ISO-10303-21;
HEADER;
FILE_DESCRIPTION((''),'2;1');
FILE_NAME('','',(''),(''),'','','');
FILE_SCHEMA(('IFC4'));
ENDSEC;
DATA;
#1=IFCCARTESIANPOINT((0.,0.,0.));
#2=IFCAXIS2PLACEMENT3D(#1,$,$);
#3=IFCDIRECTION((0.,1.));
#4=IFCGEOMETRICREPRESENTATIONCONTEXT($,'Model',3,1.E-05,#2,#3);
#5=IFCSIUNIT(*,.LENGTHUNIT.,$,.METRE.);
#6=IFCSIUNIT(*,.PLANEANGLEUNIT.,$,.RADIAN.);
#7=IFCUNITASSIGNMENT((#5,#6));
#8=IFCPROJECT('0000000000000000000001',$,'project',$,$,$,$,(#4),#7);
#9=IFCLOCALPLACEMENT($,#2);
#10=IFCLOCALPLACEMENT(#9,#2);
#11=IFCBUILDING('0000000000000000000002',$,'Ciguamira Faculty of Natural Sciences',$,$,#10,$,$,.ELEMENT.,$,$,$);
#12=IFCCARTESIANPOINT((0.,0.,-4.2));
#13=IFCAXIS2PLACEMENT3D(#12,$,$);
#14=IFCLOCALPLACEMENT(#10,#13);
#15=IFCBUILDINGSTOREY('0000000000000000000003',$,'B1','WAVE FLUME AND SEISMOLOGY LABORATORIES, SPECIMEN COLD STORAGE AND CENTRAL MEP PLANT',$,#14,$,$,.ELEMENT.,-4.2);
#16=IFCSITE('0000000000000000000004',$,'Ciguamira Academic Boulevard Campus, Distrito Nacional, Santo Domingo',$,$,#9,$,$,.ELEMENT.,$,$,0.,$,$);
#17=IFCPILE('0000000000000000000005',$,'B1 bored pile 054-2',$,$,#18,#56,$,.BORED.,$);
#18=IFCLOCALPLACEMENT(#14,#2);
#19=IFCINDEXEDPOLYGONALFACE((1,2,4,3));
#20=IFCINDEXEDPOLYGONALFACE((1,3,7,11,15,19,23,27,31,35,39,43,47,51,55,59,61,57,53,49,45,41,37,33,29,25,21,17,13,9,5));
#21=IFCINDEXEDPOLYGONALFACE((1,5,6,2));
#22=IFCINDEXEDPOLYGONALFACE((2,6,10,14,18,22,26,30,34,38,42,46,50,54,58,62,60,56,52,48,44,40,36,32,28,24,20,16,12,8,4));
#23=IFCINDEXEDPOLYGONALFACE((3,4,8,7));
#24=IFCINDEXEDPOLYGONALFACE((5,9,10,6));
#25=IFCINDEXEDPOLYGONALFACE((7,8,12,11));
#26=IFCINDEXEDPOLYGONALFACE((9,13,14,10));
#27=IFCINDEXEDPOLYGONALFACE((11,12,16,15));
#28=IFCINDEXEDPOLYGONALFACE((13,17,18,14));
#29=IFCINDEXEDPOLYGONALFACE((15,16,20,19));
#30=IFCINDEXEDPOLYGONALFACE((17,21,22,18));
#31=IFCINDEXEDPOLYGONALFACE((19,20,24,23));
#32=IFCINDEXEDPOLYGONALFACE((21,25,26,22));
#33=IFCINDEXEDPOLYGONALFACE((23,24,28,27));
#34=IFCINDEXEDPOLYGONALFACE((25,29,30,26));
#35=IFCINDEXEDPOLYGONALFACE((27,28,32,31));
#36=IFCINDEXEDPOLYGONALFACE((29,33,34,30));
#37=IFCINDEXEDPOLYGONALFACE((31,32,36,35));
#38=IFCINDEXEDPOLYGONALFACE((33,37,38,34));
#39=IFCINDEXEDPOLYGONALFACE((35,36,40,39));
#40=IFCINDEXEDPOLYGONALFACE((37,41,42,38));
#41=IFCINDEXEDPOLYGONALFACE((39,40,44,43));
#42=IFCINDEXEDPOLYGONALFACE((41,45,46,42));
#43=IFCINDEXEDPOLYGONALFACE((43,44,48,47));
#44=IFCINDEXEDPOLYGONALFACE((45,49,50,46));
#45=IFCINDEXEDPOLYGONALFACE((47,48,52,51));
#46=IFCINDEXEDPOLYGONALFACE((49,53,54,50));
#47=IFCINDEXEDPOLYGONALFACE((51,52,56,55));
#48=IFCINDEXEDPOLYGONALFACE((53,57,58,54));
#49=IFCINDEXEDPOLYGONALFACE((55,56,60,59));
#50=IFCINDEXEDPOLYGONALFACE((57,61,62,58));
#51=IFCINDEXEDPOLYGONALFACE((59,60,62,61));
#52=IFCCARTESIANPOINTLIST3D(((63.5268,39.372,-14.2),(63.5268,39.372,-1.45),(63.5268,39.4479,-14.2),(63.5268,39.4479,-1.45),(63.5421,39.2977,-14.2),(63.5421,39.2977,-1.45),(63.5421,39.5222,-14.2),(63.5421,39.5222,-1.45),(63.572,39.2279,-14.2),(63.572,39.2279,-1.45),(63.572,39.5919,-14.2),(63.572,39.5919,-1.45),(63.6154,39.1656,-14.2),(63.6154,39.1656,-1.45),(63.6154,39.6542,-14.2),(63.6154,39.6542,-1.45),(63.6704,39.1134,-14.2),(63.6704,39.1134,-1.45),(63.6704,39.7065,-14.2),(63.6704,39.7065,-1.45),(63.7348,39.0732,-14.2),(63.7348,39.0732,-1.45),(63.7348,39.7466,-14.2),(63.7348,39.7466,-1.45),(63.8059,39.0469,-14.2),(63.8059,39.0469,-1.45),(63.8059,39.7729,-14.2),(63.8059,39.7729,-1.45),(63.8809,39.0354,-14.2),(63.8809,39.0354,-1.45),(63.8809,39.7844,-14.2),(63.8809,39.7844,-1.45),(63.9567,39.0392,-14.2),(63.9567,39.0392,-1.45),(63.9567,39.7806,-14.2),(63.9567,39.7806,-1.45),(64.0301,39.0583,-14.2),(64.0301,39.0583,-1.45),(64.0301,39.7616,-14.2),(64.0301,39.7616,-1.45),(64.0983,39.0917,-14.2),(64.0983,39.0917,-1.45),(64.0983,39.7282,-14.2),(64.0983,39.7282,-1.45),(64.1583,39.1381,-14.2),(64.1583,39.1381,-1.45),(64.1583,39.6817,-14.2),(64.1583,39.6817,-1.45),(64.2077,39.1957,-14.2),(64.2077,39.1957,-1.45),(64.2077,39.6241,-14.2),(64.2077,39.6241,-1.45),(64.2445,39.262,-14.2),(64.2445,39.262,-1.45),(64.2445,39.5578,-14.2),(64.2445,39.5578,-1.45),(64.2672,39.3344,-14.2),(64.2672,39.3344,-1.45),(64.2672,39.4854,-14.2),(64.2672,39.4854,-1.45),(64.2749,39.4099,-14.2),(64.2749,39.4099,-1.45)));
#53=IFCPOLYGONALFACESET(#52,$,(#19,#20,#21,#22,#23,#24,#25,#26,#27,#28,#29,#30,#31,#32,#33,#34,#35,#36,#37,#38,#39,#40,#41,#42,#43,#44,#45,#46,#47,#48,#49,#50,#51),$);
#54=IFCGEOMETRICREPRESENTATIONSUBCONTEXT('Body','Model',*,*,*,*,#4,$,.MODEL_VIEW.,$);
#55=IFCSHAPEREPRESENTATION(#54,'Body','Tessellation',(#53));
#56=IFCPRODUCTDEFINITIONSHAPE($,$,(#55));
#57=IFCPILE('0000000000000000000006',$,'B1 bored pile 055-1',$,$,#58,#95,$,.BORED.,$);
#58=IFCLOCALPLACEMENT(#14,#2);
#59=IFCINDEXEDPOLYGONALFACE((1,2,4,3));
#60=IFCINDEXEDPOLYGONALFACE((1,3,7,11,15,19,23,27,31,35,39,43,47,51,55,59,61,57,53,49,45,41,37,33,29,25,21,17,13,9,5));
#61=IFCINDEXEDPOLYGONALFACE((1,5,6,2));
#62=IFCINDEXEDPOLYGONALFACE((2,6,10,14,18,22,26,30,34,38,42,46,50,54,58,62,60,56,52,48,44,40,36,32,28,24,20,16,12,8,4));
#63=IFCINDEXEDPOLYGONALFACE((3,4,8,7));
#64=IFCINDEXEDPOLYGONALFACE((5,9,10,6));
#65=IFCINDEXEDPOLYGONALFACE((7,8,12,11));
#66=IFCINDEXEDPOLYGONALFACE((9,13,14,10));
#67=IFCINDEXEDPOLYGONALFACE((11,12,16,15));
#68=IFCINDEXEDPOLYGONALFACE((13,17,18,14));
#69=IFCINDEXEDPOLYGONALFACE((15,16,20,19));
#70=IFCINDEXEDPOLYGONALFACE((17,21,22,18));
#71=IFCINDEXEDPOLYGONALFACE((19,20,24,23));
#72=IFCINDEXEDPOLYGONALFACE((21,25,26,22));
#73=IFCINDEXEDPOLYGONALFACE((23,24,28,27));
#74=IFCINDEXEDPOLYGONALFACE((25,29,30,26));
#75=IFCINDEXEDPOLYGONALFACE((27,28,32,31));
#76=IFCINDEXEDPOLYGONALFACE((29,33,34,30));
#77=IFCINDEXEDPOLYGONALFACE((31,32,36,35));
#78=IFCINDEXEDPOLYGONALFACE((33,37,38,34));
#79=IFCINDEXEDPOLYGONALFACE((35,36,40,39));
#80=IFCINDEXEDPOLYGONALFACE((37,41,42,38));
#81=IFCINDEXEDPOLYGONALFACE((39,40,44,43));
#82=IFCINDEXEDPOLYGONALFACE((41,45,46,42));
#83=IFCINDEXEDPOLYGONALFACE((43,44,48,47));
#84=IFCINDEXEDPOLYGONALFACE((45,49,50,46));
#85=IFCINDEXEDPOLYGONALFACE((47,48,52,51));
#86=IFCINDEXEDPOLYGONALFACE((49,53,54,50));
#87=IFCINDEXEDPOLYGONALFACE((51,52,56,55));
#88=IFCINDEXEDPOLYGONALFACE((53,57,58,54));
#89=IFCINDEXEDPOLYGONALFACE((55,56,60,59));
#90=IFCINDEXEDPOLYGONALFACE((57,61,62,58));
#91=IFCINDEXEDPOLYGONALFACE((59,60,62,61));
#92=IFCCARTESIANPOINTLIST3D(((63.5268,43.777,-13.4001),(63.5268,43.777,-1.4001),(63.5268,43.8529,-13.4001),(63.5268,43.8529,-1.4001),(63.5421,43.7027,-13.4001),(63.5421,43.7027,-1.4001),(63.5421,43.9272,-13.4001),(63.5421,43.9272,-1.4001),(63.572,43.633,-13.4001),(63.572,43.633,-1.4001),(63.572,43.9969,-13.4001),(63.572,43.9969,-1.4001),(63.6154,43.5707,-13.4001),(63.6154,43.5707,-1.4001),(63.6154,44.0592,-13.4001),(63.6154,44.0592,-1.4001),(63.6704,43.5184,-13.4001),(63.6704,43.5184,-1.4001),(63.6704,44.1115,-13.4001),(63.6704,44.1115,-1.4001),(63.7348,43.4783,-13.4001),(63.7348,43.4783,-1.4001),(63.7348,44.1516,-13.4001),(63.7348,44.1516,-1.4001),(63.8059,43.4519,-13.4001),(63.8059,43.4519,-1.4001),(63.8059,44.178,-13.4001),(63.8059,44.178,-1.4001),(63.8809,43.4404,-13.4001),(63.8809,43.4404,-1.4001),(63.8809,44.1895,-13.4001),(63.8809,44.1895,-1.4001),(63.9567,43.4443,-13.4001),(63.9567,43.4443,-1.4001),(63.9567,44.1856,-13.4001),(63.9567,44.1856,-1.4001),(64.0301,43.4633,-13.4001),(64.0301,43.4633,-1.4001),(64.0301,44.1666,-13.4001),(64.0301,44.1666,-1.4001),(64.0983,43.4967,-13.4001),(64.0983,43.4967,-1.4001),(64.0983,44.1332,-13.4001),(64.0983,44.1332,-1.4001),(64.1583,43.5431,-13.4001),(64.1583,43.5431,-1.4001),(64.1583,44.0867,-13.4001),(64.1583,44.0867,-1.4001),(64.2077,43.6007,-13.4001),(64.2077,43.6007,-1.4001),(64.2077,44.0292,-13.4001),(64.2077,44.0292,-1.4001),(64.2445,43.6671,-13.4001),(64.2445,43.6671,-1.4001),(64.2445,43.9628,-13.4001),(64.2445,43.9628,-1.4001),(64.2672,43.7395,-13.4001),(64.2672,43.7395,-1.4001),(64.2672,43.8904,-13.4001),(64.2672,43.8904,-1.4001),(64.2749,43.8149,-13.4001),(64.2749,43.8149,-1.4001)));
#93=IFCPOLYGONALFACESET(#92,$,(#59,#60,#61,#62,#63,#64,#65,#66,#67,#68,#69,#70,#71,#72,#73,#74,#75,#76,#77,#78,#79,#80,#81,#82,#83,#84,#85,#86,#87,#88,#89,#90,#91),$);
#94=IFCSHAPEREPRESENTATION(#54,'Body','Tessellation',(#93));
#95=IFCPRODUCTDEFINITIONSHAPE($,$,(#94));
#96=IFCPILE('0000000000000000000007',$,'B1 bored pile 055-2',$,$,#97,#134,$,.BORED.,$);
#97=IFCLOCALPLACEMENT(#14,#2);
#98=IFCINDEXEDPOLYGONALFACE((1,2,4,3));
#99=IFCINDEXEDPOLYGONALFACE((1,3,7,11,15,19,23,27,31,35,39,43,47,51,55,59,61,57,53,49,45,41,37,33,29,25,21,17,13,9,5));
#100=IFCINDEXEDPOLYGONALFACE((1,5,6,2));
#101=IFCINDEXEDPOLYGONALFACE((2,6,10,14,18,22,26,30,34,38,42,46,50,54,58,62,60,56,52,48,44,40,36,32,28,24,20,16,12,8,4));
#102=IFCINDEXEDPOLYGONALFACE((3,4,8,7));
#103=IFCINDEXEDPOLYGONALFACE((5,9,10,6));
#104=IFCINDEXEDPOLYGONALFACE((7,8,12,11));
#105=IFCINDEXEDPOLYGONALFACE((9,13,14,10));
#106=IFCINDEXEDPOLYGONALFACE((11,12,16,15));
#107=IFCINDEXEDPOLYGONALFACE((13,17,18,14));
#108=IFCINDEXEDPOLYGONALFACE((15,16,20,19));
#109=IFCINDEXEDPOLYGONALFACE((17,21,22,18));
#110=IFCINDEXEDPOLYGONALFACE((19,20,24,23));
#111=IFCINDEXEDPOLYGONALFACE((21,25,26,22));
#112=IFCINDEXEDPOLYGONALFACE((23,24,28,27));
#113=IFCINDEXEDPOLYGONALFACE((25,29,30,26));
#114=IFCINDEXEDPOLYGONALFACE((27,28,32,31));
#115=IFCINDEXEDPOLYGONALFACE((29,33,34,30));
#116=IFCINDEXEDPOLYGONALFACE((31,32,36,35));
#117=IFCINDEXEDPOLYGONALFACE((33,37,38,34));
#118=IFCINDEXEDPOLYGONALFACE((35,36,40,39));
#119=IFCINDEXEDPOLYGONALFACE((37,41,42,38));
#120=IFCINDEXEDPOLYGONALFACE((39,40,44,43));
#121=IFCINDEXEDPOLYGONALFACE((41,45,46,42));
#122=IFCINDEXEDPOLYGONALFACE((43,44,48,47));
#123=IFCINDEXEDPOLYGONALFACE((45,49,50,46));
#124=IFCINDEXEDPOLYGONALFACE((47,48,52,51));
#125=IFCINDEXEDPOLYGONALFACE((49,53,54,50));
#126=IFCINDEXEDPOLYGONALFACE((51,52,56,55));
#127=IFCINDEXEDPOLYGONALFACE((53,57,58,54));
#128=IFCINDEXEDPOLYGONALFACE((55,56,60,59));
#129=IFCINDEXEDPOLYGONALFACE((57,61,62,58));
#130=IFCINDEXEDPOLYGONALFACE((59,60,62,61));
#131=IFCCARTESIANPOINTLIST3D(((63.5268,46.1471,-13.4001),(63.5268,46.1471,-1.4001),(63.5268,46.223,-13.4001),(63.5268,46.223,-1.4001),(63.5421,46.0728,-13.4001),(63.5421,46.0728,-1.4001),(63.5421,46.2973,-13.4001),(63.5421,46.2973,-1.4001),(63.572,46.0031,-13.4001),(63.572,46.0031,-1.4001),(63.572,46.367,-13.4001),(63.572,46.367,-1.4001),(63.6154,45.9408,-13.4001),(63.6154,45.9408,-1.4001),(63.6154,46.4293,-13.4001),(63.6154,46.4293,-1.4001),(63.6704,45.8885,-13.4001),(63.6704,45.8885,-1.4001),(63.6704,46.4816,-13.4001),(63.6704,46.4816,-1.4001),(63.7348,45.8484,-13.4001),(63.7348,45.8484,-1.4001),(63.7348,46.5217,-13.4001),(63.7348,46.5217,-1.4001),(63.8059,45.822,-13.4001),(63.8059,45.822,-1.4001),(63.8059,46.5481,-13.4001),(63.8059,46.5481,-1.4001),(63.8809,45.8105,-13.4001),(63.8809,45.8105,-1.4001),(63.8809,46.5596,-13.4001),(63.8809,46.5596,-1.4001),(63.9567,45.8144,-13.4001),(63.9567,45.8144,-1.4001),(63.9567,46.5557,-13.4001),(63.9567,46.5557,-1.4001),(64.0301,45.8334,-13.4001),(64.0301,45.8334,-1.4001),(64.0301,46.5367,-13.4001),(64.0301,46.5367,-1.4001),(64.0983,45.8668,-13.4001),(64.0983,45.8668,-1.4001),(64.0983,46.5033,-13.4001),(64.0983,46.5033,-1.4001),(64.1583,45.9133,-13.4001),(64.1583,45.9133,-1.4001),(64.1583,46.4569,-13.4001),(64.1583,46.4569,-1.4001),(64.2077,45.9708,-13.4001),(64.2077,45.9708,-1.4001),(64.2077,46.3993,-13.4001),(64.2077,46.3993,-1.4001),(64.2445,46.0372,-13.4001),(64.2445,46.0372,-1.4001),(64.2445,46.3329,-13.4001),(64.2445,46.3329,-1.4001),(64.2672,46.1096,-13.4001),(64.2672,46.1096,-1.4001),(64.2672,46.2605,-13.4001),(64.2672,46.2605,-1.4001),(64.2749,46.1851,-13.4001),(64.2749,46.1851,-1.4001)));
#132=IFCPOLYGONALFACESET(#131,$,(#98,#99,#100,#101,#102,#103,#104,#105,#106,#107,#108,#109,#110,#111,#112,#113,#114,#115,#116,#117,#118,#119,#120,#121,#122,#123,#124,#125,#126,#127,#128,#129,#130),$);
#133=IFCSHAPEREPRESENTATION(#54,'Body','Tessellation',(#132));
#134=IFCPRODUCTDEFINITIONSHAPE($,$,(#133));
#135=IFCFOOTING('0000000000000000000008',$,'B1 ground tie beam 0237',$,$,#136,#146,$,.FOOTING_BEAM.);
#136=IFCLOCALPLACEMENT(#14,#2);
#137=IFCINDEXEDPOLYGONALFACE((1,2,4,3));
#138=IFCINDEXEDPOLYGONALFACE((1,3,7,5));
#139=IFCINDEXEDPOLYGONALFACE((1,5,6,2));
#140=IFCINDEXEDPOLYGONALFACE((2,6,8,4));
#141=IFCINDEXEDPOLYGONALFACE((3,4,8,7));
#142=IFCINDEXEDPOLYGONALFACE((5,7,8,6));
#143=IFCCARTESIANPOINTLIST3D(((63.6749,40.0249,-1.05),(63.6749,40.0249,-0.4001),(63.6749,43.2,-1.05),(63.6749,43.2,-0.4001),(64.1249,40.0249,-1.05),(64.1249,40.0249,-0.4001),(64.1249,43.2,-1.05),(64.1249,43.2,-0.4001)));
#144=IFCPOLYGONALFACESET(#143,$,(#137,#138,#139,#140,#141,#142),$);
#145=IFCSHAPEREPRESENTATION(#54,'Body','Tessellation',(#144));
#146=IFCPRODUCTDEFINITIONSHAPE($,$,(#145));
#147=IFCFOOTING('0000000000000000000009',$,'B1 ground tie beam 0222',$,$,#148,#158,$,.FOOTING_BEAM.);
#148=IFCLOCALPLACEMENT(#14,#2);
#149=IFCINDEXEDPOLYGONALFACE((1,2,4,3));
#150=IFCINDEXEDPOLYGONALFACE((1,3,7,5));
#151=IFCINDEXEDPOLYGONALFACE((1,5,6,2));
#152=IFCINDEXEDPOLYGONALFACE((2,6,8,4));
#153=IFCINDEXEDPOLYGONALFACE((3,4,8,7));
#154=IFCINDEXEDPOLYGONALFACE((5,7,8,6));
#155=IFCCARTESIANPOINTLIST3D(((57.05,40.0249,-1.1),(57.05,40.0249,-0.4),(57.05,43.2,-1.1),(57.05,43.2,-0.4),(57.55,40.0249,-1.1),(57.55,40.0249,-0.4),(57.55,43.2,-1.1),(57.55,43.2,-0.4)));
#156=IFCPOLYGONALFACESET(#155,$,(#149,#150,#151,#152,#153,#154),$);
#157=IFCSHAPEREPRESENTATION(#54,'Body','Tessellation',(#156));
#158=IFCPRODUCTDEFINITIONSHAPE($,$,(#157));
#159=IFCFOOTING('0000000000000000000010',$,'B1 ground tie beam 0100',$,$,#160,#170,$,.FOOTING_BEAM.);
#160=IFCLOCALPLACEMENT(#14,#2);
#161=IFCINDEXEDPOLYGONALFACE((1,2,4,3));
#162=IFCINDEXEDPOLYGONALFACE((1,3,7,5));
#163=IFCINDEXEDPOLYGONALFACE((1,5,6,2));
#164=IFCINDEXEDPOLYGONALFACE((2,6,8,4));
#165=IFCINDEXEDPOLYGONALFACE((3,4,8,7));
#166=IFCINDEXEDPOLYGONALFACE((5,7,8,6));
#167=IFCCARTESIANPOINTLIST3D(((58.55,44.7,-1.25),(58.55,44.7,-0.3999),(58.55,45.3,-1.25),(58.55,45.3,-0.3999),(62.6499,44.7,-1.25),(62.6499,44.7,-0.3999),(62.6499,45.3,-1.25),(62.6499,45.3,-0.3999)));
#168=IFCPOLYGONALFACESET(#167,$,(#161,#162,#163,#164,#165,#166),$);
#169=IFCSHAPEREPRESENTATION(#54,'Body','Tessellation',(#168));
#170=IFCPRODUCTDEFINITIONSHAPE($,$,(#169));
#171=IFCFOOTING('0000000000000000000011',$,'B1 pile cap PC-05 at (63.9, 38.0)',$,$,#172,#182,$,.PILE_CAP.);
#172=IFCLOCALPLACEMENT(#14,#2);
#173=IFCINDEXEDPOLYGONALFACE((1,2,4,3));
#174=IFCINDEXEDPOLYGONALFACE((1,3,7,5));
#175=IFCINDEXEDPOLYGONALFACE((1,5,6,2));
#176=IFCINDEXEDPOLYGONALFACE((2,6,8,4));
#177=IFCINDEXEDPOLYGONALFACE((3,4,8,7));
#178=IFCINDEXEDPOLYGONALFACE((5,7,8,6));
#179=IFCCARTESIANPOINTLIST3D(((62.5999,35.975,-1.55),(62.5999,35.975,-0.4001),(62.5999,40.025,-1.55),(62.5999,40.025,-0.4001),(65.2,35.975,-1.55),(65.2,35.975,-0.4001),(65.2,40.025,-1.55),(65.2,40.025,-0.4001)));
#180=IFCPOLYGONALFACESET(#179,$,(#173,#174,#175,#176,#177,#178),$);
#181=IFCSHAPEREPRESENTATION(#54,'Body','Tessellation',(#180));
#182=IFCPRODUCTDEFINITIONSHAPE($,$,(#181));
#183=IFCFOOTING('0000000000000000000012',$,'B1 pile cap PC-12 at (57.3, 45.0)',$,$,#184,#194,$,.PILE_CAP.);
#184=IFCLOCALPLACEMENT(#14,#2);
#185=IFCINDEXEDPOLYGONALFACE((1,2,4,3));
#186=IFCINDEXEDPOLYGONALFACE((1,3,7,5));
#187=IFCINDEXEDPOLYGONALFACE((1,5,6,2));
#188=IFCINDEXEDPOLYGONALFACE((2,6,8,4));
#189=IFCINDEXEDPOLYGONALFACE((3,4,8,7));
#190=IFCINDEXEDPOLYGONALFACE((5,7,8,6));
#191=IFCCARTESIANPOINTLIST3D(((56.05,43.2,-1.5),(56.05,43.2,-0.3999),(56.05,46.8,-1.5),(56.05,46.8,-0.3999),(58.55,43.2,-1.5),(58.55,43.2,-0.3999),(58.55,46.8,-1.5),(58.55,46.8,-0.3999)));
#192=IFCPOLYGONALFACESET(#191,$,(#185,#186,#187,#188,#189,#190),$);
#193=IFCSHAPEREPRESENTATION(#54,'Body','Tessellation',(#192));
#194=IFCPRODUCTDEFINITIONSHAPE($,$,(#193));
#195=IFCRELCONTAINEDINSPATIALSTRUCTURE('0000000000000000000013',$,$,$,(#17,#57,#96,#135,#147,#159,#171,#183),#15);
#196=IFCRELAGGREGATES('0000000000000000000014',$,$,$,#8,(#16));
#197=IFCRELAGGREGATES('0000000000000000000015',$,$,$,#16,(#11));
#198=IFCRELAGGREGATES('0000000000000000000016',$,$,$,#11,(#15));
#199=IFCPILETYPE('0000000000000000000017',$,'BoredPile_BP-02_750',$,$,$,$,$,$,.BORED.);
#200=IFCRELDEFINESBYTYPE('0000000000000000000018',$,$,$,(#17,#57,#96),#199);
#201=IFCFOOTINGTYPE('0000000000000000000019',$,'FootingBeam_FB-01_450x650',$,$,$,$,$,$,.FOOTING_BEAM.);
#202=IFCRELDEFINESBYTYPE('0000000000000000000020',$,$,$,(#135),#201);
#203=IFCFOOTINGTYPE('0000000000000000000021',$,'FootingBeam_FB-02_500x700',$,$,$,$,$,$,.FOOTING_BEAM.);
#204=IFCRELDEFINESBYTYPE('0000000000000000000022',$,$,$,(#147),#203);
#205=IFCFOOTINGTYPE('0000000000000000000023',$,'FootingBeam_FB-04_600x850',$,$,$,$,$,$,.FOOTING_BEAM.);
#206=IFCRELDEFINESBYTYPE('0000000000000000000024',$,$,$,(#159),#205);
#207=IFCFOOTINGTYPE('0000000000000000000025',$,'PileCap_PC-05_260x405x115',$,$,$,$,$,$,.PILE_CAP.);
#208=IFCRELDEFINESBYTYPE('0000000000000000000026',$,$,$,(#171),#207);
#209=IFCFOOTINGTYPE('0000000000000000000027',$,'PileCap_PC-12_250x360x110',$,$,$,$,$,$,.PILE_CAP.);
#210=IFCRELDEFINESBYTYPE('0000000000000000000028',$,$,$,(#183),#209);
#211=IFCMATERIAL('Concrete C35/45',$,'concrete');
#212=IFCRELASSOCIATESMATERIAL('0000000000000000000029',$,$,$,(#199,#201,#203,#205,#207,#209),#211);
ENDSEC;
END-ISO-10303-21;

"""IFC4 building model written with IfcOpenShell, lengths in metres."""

from ifc_helpers import new_model, si_unit, direction, frame, origin, origin_2d, place, context, subcontext, project, spatial, rectangle, circle, extrude, material, material_profile, profile_set, type_object, element, save


model = new_model("IFC4")

# Units and contexts
model_context = context("Model", 3, precision=1e-05, world=origin(), true_north=direction((0.0, 1.0)))
body_context = subcontext(model_context, "Body", "Model", "MODEL_VIEW")
ifc_project = project(units=[si_unit("LENGTHUNIT", "METRE"), si_unit("PLANEANGLEUNIT", "RADIAN")], contexts=[model_context])

# Site, building, storey
site_placement = place(None, origin())
site = spatial("IfcSite", under=ifc_project, at=site_placement, Name="Ciguamira Academic Boulevard Campus, Distrito Nacional, Santo Domingo", CompositionType="ELEMENT", RefElevation=0.0)
building_placement = place(site_placement, origin())
building = spatial("IfcBuilding", under=site, at=building_placement, Name="Ciguamira Faculty of Natural Sciences", CompositionType="ELEMENT")
storey_placement = place(building_placement, frame((0.0, 0.0, -4.2)))
storey = spatial("IfcBuildingStorey", under=building, at=storey_placement, Name="B1", Description="WAVE FLUME AND SEISMOLOGY LABORATORIES, SPECIMEN COLD STORAGE AND CENTRAL MEP PLANT", CompositionType="ELEMENT", Elevation=-4.2)

# Piles
ifc_material_1 = material(Name="Concrete C35/45", Category="concrete")
ifc_material_profile_1 = material_profile(ifc_material_1, circle(Radius=0.375, at=origin_2d()), Name="PILE-BORED-750")
ifc_profile_set_1 = profile_set([ifc_material_profile_1], Name="Concrete C35/45")
pile_type = type_object("IfcPileType", Name="BoredPile_BP-02_750", PredefinedType="BORED", material=ifc_profile_set_1)
pile_placement = place(storey_placement, frame((63.8999, 39.4099, -1.45), z_axis=(0.0, 0.0, -1.0), x_axis=(1.0, 0.0, 0.0)))
element("IfcPile", 1, at=pile_placement, inside=storey, type_object=pile_type, Name="B1 bored pile 054-2", PredefinedType="BORED", context=body_context, shape_type="SweptSolid", body=[
    extrude(circle(Radius=0.375, at=origin_2d()), origin(), (0.0, 0.0, 1.0), 12.75),
])
for number, where, z_axis, x_axis, name in (
    (2, (63.8999, 43.8149, -1.4001), (0.0, 0.0, -1.0), (1.0, 0.0, 0.0), "B1 bored pile 055-1"),
    (3, (63.8999, 46.1851, -1.4001), (0.0, 0.0, -1.0), (1.0, 0.0, 0.0), "B1 bored pile 055-2"),
):
    element("IfcPile", number, at=place(storey_placement, frame(where, z_axis=z_axis, x_axis=x_axis)), inside=storey, type_object=pile_type, Name=name, PredefinedType="BORED", context=body_context, shape_type="SweptSolid", body=[
        extrude(circle(Radius=0.375, at=origin_2d()), origin(), (0.0, 0.0, 1.0), 12.0),
    ])

# Footings
ifc_material_profile_2 = material_profile(ifc_material_1, rectangle(XDim=0.45, YDim=0.6499, at=origin_2d()), Name="RC-FB-450X650")
ifc_profile_set_2 = profile_set([ifc_material_profile_2], Name="Concrete C35/45")
footing_type_1 = type_object("IfcFootingType", Name="FootingBeam_FB-01_450x650", PredefinedType="FOOTING_BEAM", material=ifc_profile_set_2)
footing_1_placement = place(storey_placement, frame((63.8999, 40.0249, -0.7251), z_axis=(0.0, 1.0, 0.0), x_axis=(-1.0, 0.0, 0.0)))
element("IfcFooting", 4, at=footing_1_placement, inside=storey, type_object=footing_type_1, Name="B1 ground tie beam 0237", PredefinedType="FOOTING_BEAM", context=body_context, shape_type="SweptSolid", body=[
    extrude(rectangle(XDim=0.45, YDim=0.6499, at=origin_2d()), origin(), (0.0, 0.0, 1.0), 3.175),
])
ifc_material_profile_3 = material_profile(ifc_material_1, rectangle(XDim=0.5, YDim=0.7, at=origin_2d()), Name="RC-FB-500X700")
ifc_profile_set_3 = profile_set([ifc_material_profile_3], Name="Concrete C35/45")
footing_type_2 = type_object("IfcFootingType", Name="FootingBeam_FB-02_500x700", PredefinedType="FOOTING_BEAM", material=ifc_profile_set_3)
footing_2_placement = place(storey_placement, frame((57.3, 40.0249, -0.75), z_axis=(0.0, 1.0, 0.0), x_axis=(-1.0, 0.0, 0.0)))
element("IfcFooting", 5, at=footing_2_placement, inside=storey, type_object=footing_type_2, Name="B1 ground tie beam 0222", PredefinedType="FOOTING_BEAM", context=body_context, shape_type="SweptSolid", body=[
    extrude(rectangle(XDim=0.5, YDim=0.7, at=origin_2d()), origin(), (0.0, 0.0, 1.0), 3.175),
])
ifc_material_profile_4 = material_profile(ifc_material_1, rectangle(XDim=0.6001, YDim=0.8501, at=origin_2d()), Name="RC-FB-600X850")
ifc_profile_set_4 = profile_set([ifc_material_profile_4], Name="Concrete C35/45")
footing_type_3 = type_object("IfcFootingType", Name="FootingBeam_FB-04_600x850", PredefinedType="FOOTING_BEAM", material=ifc_profile_set_4)
footing_3_placement = place(storey_placement, frame((58.55, 45.0, -0.825), z_axis=(1.0, 0.0, 0.0), x_axis=(0.0, 1.0, 0.0)))
element("IfcFooting", 6, at=footing_3_placement, inside=storey, type_object=footing_type_3, Name="B1 ground tie beam 0100", PredefinedType="FOOTING_BEAM", context=body_context, shape_type="SweptSolid", body=[
    extrude(rectangle(XDim=0.6001, YDim=0.8501, at=origin_2d()), origin(), (0.0, 0.0, 1.0), 4.0999),
])
footing_type_4 = type_object("IfcFootingType", Name="PileCap_PC-05_260x405x115", PredefinedType="PILE_CAP", material=ifc_material_1)
footing_4_placement = place(storey_placement, frame((63.8999, 38.0, -1.55), z_axis=(0.0, 0.0, 1.0), x_axis=(1.0, 0.0, 0.0)))
element("IfcFooting", 7, at=footing_4_placement, inside=storey, type_object=footing_type_4, Name="B1 pile cap PC-05 at (63.9, 38.0)", PredefinedType="PILE_CAP", context=body_context, shape_type="SweptSolid", body=[
    extrude(rectangle(XDim=2.6001, YDim=4.05, at=origin_2d()), origin(), (0.0, 0.0, 1.0), 1.1499),
])
footing_type_5 = type_object("IfcFootingType", Name="PileCap_PC-12_250x360x110", PredefinedType="PILE_CAP", material=ifc_material_1)
for number, where, z_axis, x_axis, name in (
    (8, (57.3, 45.0, -1.5), (0.0, 0.0, 1.0), (1.0, 0.0, 0.0), "B1 pile cap PC-12 at (57.3, 45.0)"),
):
    element("IfcFooting", number, at=place(storey_placement, frame(where, z_axis=z_axis, x_axis=x_axis)), inside=storey, type_object=footing_type_5, Name=name, PredefinedType="PILE_CAP", context=body_context, shape_type="SweptSolid", body=[
        extrude(rectangle(XDim=2.5, YDim=3.6001, at=origin_2d()), origin(), (0.0, 0.0, 1.0), 1.1001),
    ])

save(model, "model.ifc")
